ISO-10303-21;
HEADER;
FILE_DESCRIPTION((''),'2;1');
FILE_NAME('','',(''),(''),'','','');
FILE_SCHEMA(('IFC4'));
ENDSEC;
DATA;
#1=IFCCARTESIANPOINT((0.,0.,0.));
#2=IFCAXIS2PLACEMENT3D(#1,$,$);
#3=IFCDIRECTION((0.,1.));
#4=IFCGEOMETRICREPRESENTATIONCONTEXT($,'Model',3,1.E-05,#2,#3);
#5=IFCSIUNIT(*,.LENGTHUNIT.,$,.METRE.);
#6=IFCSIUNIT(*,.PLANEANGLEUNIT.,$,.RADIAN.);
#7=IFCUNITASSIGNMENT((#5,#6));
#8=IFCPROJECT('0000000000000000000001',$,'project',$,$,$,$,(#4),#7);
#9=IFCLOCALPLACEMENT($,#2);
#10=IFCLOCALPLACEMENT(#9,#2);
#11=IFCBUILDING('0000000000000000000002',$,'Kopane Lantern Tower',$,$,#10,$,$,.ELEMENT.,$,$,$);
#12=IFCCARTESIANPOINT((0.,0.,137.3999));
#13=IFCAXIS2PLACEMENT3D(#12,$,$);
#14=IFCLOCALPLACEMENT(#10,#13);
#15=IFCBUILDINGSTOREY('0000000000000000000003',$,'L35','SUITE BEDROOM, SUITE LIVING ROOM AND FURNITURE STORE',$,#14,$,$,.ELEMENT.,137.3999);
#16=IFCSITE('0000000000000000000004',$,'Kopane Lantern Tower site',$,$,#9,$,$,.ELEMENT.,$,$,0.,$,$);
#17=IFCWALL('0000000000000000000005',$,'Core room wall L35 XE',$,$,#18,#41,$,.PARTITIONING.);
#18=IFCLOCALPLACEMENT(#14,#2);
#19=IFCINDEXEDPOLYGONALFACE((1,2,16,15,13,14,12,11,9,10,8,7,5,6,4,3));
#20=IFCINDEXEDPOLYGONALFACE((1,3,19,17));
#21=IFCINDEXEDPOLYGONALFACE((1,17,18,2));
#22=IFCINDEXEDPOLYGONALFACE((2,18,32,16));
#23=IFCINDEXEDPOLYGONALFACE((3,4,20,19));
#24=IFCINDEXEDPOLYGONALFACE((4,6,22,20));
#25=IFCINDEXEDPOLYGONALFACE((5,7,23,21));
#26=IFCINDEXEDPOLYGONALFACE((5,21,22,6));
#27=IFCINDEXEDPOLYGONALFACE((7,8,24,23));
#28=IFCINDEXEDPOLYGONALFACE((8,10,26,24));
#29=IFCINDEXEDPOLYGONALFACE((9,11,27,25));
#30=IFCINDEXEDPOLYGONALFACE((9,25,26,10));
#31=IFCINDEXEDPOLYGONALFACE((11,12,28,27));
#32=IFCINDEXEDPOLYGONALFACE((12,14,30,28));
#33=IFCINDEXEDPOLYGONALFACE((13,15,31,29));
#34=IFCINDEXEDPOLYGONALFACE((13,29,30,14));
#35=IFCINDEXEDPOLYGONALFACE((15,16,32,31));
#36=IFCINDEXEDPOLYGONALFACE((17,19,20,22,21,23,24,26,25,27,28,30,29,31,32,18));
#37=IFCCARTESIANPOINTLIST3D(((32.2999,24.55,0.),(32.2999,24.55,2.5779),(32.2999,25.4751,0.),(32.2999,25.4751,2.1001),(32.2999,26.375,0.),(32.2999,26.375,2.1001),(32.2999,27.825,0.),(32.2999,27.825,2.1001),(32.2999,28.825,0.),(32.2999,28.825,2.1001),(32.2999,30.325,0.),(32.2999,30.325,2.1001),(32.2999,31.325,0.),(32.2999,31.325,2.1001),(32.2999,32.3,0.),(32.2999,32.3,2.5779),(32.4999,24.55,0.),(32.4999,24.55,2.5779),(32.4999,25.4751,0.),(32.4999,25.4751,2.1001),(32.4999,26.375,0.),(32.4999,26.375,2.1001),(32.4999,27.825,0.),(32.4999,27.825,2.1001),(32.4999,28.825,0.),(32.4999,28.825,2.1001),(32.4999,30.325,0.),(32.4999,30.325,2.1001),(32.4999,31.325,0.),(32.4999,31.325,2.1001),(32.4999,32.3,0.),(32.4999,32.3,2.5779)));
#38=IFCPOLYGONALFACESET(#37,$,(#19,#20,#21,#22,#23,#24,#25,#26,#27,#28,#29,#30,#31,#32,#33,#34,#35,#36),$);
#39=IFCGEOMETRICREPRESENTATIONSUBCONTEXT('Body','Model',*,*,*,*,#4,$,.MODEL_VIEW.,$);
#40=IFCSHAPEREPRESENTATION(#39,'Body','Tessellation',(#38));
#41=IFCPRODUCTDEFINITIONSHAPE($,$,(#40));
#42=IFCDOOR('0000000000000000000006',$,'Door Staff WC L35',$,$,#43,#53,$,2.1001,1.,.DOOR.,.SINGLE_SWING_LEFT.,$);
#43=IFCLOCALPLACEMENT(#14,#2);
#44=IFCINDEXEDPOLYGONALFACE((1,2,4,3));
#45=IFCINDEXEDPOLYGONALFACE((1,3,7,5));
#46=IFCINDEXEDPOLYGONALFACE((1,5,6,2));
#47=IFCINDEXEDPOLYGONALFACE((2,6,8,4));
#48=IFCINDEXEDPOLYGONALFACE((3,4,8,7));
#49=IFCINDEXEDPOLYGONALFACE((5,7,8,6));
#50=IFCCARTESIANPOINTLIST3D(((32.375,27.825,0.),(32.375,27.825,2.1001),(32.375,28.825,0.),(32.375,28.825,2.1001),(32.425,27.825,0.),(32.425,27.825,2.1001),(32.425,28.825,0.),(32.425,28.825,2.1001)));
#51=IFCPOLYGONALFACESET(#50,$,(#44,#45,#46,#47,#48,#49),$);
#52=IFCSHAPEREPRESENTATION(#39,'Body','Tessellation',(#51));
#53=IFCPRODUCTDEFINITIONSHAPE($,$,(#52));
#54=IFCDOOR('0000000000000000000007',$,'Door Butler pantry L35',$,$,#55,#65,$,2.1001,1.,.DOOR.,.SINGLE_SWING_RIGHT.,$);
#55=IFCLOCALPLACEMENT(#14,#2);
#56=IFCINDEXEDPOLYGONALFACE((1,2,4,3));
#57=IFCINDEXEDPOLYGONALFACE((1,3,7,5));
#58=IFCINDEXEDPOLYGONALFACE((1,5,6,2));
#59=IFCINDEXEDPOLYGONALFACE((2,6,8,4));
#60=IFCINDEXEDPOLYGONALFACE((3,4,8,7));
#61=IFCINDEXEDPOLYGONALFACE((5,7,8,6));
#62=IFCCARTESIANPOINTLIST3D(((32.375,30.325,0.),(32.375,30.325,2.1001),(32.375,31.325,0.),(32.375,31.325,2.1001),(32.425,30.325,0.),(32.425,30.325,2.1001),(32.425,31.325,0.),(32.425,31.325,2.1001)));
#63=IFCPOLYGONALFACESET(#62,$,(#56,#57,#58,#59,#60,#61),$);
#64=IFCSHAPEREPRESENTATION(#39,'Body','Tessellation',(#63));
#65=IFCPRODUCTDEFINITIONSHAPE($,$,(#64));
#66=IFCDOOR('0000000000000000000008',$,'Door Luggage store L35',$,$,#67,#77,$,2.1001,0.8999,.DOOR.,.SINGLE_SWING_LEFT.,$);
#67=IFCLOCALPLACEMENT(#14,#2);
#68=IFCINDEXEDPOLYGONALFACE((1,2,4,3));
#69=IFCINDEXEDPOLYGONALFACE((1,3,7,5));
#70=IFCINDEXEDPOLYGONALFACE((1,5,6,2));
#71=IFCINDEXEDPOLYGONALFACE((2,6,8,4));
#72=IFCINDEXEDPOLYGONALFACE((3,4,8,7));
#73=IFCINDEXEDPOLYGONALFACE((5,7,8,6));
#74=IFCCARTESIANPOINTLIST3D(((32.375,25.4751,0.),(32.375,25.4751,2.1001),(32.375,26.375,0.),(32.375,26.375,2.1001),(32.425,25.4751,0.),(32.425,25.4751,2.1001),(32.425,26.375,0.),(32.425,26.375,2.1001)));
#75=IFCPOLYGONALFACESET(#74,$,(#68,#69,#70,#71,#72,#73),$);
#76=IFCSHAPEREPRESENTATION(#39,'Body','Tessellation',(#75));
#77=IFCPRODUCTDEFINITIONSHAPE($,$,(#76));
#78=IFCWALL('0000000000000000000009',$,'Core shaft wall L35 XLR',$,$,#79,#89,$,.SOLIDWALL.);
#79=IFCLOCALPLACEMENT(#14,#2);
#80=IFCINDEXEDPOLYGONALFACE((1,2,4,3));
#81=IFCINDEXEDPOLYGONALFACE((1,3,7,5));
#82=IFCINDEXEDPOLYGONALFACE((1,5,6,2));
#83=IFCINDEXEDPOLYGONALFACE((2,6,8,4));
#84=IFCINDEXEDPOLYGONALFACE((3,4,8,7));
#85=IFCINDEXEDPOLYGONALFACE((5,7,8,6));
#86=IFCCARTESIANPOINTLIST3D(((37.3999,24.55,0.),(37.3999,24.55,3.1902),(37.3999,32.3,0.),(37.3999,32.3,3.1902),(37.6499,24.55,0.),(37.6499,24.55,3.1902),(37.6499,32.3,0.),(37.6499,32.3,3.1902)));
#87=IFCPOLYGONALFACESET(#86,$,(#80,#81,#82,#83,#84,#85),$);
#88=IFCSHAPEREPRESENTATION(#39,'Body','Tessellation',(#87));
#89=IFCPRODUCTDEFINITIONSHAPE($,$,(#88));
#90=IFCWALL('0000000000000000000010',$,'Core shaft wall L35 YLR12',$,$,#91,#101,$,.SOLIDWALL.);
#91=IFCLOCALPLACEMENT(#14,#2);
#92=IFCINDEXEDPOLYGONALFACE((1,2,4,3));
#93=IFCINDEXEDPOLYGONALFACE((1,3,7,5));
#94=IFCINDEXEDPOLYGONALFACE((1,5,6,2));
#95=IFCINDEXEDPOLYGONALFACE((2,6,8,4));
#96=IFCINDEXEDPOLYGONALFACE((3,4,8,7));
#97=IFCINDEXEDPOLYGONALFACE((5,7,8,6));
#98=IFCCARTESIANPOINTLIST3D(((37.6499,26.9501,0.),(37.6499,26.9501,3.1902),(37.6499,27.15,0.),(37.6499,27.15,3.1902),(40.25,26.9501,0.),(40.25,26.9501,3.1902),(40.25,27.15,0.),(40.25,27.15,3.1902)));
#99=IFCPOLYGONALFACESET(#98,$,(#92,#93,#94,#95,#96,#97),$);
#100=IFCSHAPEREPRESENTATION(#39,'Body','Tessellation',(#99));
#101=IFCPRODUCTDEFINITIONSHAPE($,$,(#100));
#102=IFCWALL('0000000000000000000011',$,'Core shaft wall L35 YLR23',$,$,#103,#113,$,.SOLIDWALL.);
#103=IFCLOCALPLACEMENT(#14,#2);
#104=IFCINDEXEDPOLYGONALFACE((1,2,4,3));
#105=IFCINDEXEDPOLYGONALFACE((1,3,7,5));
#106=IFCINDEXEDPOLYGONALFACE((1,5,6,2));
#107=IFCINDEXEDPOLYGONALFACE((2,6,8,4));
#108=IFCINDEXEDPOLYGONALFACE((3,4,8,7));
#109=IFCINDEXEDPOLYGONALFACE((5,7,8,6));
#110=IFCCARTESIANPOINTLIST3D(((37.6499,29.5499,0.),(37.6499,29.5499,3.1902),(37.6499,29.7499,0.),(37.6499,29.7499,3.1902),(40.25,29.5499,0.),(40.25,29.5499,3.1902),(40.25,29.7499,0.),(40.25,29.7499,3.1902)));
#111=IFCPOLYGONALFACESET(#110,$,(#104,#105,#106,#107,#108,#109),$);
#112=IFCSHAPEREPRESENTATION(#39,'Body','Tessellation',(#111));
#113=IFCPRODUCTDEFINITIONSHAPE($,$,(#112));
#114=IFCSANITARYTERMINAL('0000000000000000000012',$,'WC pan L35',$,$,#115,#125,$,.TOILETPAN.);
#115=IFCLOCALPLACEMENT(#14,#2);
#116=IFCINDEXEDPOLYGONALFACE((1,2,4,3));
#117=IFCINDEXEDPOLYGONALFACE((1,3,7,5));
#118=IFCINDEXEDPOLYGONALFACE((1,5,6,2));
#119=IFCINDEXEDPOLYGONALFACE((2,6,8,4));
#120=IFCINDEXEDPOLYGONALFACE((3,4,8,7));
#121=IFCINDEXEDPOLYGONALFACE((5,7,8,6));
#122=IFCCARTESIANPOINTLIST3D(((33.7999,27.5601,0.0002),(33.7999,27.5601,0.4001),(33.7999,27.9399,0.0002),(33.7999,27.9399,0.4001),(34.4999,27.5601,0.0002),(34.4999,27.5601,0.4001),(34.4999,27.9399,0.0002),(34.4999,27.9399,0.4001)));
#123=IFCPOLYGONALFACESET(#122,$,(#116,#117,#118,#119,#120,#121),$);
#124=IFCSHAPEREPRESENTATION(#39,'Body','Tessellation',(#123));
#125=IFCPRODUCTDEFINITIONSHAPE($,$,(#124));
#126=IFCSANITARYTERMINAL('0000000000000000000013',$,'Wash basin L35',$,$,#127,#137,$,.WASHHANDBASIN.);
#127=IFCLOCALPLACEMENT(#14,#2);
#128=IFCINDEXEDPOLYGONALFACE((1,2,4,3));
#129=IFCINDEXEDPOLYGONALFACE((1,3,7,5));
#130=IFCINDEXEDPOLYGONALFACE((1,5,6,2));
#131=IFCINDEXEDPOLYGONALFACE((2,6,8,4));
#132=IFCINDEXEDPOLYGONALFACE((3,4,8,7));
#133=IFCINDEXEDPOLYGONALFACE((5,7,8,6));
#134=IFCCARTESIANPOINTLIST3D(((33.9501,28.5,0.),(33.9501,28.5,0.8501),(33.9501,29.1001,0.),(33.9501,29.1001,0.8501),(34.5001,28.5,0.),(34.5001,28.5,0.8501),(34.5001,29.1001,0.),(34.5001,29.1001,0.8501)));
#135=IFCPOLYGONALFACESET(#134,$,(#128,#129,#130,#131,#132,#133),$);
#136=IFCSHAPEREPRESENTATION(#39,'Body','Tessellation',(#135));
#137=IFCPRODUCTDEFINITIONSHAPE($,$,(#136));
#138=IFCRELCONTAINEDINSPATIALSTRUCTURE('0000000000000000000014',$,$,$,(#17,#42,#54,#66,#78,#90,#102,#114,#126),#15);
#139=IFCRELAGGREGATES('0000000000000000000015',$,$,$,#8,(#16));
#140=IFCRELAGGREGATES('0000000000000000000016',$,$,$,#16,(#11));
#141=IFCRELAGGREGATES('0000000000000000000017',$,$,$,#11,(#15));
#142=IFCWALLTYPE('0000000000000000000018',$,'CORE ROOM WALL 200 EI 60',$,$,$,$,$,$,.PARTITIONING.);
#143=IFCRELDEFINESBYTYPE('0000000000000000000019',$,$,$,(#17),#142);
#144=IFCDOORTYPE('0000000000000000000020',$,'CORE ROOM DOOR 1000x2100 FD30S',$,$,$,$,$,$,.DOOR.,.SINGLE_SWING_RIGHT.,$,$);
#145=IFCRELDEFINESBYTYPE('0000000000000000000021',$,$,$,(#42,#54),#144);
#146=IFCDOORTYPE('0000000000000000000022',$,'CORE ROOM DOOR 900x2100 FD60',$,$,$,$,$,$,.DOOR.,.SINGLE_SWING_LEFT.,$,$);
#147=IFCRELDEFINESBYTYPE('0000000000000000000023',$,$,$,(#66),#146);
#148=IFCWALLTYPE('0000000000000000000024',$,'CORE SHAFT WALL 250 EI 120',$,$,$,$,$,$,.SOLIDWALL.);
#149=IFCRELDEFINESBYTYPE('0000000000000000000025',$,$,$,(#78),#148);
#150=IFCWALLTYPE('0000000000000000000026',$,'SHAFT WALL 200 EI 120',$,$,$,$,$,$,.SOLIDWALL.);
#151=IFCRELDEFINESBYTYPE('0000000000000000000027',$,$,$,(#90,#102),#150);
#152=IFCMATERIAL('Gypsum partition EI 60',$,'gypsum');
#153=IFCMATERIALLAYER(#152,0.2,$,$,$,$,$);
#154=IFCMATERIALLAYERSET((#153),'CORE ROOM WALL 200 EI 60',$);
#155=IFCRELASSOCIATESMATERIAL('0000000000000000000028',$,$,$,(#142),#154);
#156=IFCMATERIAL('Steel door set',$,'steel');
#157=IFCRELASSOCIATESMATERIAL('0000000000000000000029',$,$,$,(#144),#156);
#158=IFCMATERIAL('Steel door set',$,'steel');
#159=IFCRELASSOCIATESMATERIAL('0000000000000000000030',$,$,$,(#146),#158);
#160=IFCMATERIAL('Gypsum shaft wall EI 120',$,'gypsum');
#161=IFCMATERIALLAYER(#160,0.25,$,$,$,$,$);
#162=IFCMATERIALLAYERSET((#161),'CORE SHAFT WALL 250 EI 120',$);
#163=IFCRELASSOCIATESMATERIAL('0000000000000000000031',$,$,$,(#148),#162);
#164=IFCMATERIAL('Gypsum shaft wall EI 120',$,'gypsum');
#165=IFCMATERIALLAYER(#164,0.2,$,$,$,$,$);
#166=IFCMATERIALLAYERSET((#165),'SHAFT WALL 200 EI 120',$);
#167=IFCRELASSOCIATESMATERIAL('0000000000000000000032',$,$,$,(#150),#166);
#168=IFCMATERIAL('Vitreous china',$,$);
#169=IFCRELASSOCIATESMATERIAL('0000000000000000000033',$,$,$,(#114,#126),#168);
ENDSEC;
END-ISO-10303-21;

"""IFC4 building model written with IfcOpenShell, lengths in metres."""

from ifc_helpers import new_model, si_unit, direction, frame, frame_2d, origin, origin_2d, place, context, subcontext, project, spatial, rectangle, extrude, material, layer, layer_set, type_object, element, fill, save


model = new_model("IFC4")

# Units and contexts
model_context = context("Model", 3, precision=1e-05, world=origin(), true_north=direction((0.0, 1.0)))
body_context = subcontext(model_context, "Body", "Model", "MODEL_VIEW")
ifc_project = project(units=[si_unit("LENGTHUNIT", "METRE"), si_unit("PLANEANGLEUNIT", "RADIAN")], contexts=[model_context])

# Site, building, storey
site_placement = place(None, origin())
site = spatial("IfcSite", under=ifc_project, at=site_placement, Name="Kopane Lantern Tower site", CompositionType="ELEMENT", RefElevation=0.0)
building_placement = place(site_placement, origin())
building = spatial("IfcBuilding", under=site, at=building_placement, Name="Kopane Lantern Tower", CompositionType="ELEMENT")
storey_placement = place(building_placement, frame((0.0, 0.0, 137.3999)))
storey = spatial("IfcBuildingStorey", under=building, at=storey_placement, Name="L35", Description="SUITE BEDROOM, SUITE LIVING ROOM AND FURNITURE STORE", CompositionType="ELEMENT", Elevation=137.3999)

# Wall, openings, doors
ifc_material_1 = material(Name="Gypsum partition EI 60", Category="gypsum")
ifc_layer_1 = layer(ifc_material_1, 0.2)
ifc_layer_set_1 = layer_set([ifc_layer_1], Name="CORE ROOM WALL 200 EI 60")
wall_type_1 = type_object("IfcWallType", Name="CORE ROOM WALL 200 EI 60", PredefinedType="PARTITIONING", material=ifc_layer_set_1)
wall_1_placement = place(storey_placement, frame((32.3999, 24.55, 0.0), z_axis=(0.0, 0.0, 1.0), x_axis=(0.0, 1.0, 0.0)))
wall_1 = element("IfcWall", 1, at=wall_1_placement, inside=storey, type_object=wall_type_1, Name="Core room wall L35 XE", PredefinedType="PARTITIONING", context=body_context, shape_type="SweptSolid", body=[
    extrude(rectangle(XDim=7.75, YDim=0.2, at=frame_2d((3.875, 0.0))), origin(), (0.0, 0.0, 1.0), 2.5779),
])
opening_1_placement = place(wall_1_placement, frame((0.925, 0.0, 0.0)))
opening_1 = element("IfcOpeningElement", 2, at=opening_1_placement, cuts=wall_1, PredefinedType="OPENING", context=body_context, shape_type="SweptSolid", body=[
    extrude(rectangle(XDim=0.8999, YDim=2.1001, at=frame_2d((0.45, 1.05))), frame((0.0, 0.1099, 0.0), z_axis=(0.0, -1.0, 0.0), x_axis=(1.0, 0.0, 0.0)), (0.0, 0.0, 1.0), 0.22),
])
opening_2_placement = place(wall_1_placement, frame((3.2749, 0.0, 0.0)))
opening_2 = element("IfcOpeningElement", 3, at=opening_2_placement, cuts=wall_1, PredefinedType="OPENING", context=body_context, shape_type="SweptSolid", body=[
    extrude(rectangle(XDim=1.0, YDim=2.1001, at=frame_2d((0.5, 1.05))), frame((0.0, 0.1099, 0.0), z_axis=(0.0, -1.0, 0.0), x_axis=(1.0, 0.0, 0.0)), (0.0, 0.0, 1.0), 0.22),
])
opening_3_placement = place(wall_1_placement, frame((5.7749, 0.0, 0.0)))
opening_3 = element("IfcOpeningElement", 4, at=opening_3_placement, cuts=wall_1, PredefinedType="OPENING", context=body_context, shape_type="SweptSolid", body=[
    extrude(rectangle(XDim=1.0, YDim=2.1001, at=frame_2d((0.5, 1.05))), frame((0.0, 0.1099, 0.0), z_axis=(0.0, -1.0, 0.0), x_axis=(1.0, 0.0, 0.0)), (0.0, 0.0, 1.0), 0.22),
])
ifc_material_2 = material(Name="Steel door set", Category="steel")
door_type_1 = type_object("IfcDoorType", Name="CORE ROOM DOOR 1000x2100 FD30S", OperationType="SINGLE_SWING_RIGHT", PredefinedType="DOOR", material=ifc_material_2)
door_1_placement = place(opening_2_placement, origin())
door_1 = element("IfcDoor", 5, at=door_1_placement, inside=storey, type_object=door_type_1, Name="Door Staff WC L35", OperationType="SINGLE_SWING_LEFT", OverallHeight=2.1001, OverallWidth=1.0, PredefinedType="DOOR", context=body_context, shape_type="SweptSolid", body=[
    extrude(rectangle(XDim=1.0, YDim=2.1001, at=frame_2d((0.5, 1.05))), frame((0.0, 0.0249, 0.0), z_axis=(0.0, -1.0, 0.0), x_axis=(1.0, 0.0, 0.0)), (0.0, 0.0, 1.0), 0.05),
])
fill(opening_2, door_1)
door_2_placement = place(opening_3_placement, origin())
door_2 = element("IfcDoor", 6, at=door_2_placement, inside=storey, type_object=door_type_1, Name="Door Butler pantry L35", OperationType="SINGLE_SWING_RIGHT", OverallHeight=2.1001, OverallWidth=1.0, PredefinedType="DOOR", context=body_context, shape_type="SweptSolid", body=[
    extrude(rectangle(XDim=1.0, YDim=2.1001, at=frame_2d((0.5, 1.05))), frame((0.0, 0.0249, 0.0), z_axis=(0.0, -1.0, 0.0), x_axis=(1.0, 0.0, 0.0)), (0.0, 0.0, 1.0), 0.05),
])
fill(opening_3, door_2)
ifc_material_3 = material(Name="Steel door set", Category="steel")
door_type_2 = type_object("IfcDoorType", Name="CORE ROOM DOOR 900x2100 FD60", OperationType="SINGLE_SWING_LEFT", PredefinedType="DOOR", material=ifc_material_3)
door_3_placement = place(opening_1_placement, origin())
door_3 = element("IfcDoor", 7, at=door_3_placement, inside=storey, type_object=door_type_2, Name="Door Luggage store L35", OperationType="SINGLE_SWING_LEFT", OverallHeight=2.1001, OverallWidth=0.8999, PredefinedType="DOOR", context=body_context, shape_type="SweptSolid", body=[
    extrude(rectangle(XDim=0.8999, YDim=2.1001, at=frame_2d((0.45, 1.05))), frame((0.0, 0.0249, 0.0), z_axis=(0.0, -1.0, 0.0), x_axis=(1.0, 0.0, 0.0)), (0.0, 0.0, 1.0), 0.05),
])
fill(opening_1, door_3)

# Walls
ifc_material_4 = material(Name="Gypsum shaft wall EI 120", Category="gypsum")
ifc_layer_2 = layer(ifc_material_4, 0.25)
ifc_layer_set_2 = layer_set([ifc_layer_2], Name="CORE SHAFT WALL 250 EI 120")
wall_type_2 = type_object("IfcWallType", Name="CORE SHAFT WALL 250 EI 120", PredefinedType="SOLIDWALL", material=ifc_layer_set_2)
wall_2_placement = place(storey_placement, frame((37.5249, 24.55, 0.0), z_axis=(0.0, 0.0, 1.0), x_axis=(0.0, 1.0, 0.0)))
element("IfcWall", 8, at=wall_2_placement, inside=storey, type_object=wall_type_2, Name="Core shaft wall L35 XLR", PredefinedType="SOLIDWALL", context=body_context, shape_type="SweptSolid", body=[
    extrude(rectangle(XDim=7.75, YDim=0.25, at=frame_2d((3.875, 0.0))), origin(), (0.0, 0.0, 1.0), 3.1902),
])
ifc_material_5 = material(Name="Gypsum shaft wall EI 120", Category="gypsum")
ifc_layer_3 = layer(ifc_material_5, 0.2)
ifc_layer_set_3 = layer_set([ifc_layer_3], Name="SHAFT WALL 200 EI 120")
wall_type_3 = type_object("IfcWallType", Name="SHAFT WALL 200 EI 120", PredefinedType="SOLIDWALL", material=ifc_layer_set_3)
for number, where, z_axis, x_axis, name in (
    (9, (37.6499, 27.05, 0.0), (0.0, 0.0, 1.0), (1.0, 0.0, 0.0), "Core shaft wall L35 YLR12"),
    (10, (37.6499, 29.6499, 0.0), (0.0, 0.0, 1.0), (1.0, 0.0, 0.0), "Core shaft wall L35 YLR23"),
):
    element("IfcWall", number, at=place(storey_placement, frame(where, z_axis=z_axis, x_axis=x_axis)), inside=storey, type_object=wall_type_3, Name=name, PredefinedType="SOLIDWALL", context=body_context, shape_type="SweptSolid", body=[
        extrude(rectangle(XDim=2.6001, YDim=0.2, at=frame_2d((1.3, 0.0))), origin(), (0.0, 0.0, 1.0), 3.1902),
    ])

# Sanitary terminals
ifc_material_6 = material(Name="Vitreous china")
sanitary_terminal_1_placement = place(storey_placement, frame((34.1499, 27.75, 0.0002), z_axis=(0.0, 0.0, 1.0), x_axis=(1.0, 0.0, 0.0)))
element("IfcSanitaryTerminal", 11, at=sanitary_terminal_1_placement, inside=storey, material=ifc_material_6, Name="WC pan L35", PredefinedType="TOILETPAN", context=body_context, shape_type="SweptSolid", body=[
    extrude(rectangle(XDim=0.7, YDim=0.3799, at=origin_2d()), origin(), (0.0, 0.0, 1.0), 0.3999),
])
sanitary_terminal_2_placement = place(storey_placement, frame((34.2251, 28.8, 0.0), z_axis=(0.0, 0.0, 1.0), x_axis=(1.0, 0.0, 0.0)))
element("IfcSanitaryTerminal", 12, at=sanitary_terminal_2_placement, inside=storey, material=ifc_material_6, Name="Wash basin L35", PredefinedType="WASHHANDBASIN", context=body_context, shape_type="SweptSolid", body=[
    extrude(rectangle(XDim=0.55, YDim=0.6001, at=origin_2d()), origin(), (0.0, 0.0, 1.0), 0.8501),
])

save(model, "model.ifc")
